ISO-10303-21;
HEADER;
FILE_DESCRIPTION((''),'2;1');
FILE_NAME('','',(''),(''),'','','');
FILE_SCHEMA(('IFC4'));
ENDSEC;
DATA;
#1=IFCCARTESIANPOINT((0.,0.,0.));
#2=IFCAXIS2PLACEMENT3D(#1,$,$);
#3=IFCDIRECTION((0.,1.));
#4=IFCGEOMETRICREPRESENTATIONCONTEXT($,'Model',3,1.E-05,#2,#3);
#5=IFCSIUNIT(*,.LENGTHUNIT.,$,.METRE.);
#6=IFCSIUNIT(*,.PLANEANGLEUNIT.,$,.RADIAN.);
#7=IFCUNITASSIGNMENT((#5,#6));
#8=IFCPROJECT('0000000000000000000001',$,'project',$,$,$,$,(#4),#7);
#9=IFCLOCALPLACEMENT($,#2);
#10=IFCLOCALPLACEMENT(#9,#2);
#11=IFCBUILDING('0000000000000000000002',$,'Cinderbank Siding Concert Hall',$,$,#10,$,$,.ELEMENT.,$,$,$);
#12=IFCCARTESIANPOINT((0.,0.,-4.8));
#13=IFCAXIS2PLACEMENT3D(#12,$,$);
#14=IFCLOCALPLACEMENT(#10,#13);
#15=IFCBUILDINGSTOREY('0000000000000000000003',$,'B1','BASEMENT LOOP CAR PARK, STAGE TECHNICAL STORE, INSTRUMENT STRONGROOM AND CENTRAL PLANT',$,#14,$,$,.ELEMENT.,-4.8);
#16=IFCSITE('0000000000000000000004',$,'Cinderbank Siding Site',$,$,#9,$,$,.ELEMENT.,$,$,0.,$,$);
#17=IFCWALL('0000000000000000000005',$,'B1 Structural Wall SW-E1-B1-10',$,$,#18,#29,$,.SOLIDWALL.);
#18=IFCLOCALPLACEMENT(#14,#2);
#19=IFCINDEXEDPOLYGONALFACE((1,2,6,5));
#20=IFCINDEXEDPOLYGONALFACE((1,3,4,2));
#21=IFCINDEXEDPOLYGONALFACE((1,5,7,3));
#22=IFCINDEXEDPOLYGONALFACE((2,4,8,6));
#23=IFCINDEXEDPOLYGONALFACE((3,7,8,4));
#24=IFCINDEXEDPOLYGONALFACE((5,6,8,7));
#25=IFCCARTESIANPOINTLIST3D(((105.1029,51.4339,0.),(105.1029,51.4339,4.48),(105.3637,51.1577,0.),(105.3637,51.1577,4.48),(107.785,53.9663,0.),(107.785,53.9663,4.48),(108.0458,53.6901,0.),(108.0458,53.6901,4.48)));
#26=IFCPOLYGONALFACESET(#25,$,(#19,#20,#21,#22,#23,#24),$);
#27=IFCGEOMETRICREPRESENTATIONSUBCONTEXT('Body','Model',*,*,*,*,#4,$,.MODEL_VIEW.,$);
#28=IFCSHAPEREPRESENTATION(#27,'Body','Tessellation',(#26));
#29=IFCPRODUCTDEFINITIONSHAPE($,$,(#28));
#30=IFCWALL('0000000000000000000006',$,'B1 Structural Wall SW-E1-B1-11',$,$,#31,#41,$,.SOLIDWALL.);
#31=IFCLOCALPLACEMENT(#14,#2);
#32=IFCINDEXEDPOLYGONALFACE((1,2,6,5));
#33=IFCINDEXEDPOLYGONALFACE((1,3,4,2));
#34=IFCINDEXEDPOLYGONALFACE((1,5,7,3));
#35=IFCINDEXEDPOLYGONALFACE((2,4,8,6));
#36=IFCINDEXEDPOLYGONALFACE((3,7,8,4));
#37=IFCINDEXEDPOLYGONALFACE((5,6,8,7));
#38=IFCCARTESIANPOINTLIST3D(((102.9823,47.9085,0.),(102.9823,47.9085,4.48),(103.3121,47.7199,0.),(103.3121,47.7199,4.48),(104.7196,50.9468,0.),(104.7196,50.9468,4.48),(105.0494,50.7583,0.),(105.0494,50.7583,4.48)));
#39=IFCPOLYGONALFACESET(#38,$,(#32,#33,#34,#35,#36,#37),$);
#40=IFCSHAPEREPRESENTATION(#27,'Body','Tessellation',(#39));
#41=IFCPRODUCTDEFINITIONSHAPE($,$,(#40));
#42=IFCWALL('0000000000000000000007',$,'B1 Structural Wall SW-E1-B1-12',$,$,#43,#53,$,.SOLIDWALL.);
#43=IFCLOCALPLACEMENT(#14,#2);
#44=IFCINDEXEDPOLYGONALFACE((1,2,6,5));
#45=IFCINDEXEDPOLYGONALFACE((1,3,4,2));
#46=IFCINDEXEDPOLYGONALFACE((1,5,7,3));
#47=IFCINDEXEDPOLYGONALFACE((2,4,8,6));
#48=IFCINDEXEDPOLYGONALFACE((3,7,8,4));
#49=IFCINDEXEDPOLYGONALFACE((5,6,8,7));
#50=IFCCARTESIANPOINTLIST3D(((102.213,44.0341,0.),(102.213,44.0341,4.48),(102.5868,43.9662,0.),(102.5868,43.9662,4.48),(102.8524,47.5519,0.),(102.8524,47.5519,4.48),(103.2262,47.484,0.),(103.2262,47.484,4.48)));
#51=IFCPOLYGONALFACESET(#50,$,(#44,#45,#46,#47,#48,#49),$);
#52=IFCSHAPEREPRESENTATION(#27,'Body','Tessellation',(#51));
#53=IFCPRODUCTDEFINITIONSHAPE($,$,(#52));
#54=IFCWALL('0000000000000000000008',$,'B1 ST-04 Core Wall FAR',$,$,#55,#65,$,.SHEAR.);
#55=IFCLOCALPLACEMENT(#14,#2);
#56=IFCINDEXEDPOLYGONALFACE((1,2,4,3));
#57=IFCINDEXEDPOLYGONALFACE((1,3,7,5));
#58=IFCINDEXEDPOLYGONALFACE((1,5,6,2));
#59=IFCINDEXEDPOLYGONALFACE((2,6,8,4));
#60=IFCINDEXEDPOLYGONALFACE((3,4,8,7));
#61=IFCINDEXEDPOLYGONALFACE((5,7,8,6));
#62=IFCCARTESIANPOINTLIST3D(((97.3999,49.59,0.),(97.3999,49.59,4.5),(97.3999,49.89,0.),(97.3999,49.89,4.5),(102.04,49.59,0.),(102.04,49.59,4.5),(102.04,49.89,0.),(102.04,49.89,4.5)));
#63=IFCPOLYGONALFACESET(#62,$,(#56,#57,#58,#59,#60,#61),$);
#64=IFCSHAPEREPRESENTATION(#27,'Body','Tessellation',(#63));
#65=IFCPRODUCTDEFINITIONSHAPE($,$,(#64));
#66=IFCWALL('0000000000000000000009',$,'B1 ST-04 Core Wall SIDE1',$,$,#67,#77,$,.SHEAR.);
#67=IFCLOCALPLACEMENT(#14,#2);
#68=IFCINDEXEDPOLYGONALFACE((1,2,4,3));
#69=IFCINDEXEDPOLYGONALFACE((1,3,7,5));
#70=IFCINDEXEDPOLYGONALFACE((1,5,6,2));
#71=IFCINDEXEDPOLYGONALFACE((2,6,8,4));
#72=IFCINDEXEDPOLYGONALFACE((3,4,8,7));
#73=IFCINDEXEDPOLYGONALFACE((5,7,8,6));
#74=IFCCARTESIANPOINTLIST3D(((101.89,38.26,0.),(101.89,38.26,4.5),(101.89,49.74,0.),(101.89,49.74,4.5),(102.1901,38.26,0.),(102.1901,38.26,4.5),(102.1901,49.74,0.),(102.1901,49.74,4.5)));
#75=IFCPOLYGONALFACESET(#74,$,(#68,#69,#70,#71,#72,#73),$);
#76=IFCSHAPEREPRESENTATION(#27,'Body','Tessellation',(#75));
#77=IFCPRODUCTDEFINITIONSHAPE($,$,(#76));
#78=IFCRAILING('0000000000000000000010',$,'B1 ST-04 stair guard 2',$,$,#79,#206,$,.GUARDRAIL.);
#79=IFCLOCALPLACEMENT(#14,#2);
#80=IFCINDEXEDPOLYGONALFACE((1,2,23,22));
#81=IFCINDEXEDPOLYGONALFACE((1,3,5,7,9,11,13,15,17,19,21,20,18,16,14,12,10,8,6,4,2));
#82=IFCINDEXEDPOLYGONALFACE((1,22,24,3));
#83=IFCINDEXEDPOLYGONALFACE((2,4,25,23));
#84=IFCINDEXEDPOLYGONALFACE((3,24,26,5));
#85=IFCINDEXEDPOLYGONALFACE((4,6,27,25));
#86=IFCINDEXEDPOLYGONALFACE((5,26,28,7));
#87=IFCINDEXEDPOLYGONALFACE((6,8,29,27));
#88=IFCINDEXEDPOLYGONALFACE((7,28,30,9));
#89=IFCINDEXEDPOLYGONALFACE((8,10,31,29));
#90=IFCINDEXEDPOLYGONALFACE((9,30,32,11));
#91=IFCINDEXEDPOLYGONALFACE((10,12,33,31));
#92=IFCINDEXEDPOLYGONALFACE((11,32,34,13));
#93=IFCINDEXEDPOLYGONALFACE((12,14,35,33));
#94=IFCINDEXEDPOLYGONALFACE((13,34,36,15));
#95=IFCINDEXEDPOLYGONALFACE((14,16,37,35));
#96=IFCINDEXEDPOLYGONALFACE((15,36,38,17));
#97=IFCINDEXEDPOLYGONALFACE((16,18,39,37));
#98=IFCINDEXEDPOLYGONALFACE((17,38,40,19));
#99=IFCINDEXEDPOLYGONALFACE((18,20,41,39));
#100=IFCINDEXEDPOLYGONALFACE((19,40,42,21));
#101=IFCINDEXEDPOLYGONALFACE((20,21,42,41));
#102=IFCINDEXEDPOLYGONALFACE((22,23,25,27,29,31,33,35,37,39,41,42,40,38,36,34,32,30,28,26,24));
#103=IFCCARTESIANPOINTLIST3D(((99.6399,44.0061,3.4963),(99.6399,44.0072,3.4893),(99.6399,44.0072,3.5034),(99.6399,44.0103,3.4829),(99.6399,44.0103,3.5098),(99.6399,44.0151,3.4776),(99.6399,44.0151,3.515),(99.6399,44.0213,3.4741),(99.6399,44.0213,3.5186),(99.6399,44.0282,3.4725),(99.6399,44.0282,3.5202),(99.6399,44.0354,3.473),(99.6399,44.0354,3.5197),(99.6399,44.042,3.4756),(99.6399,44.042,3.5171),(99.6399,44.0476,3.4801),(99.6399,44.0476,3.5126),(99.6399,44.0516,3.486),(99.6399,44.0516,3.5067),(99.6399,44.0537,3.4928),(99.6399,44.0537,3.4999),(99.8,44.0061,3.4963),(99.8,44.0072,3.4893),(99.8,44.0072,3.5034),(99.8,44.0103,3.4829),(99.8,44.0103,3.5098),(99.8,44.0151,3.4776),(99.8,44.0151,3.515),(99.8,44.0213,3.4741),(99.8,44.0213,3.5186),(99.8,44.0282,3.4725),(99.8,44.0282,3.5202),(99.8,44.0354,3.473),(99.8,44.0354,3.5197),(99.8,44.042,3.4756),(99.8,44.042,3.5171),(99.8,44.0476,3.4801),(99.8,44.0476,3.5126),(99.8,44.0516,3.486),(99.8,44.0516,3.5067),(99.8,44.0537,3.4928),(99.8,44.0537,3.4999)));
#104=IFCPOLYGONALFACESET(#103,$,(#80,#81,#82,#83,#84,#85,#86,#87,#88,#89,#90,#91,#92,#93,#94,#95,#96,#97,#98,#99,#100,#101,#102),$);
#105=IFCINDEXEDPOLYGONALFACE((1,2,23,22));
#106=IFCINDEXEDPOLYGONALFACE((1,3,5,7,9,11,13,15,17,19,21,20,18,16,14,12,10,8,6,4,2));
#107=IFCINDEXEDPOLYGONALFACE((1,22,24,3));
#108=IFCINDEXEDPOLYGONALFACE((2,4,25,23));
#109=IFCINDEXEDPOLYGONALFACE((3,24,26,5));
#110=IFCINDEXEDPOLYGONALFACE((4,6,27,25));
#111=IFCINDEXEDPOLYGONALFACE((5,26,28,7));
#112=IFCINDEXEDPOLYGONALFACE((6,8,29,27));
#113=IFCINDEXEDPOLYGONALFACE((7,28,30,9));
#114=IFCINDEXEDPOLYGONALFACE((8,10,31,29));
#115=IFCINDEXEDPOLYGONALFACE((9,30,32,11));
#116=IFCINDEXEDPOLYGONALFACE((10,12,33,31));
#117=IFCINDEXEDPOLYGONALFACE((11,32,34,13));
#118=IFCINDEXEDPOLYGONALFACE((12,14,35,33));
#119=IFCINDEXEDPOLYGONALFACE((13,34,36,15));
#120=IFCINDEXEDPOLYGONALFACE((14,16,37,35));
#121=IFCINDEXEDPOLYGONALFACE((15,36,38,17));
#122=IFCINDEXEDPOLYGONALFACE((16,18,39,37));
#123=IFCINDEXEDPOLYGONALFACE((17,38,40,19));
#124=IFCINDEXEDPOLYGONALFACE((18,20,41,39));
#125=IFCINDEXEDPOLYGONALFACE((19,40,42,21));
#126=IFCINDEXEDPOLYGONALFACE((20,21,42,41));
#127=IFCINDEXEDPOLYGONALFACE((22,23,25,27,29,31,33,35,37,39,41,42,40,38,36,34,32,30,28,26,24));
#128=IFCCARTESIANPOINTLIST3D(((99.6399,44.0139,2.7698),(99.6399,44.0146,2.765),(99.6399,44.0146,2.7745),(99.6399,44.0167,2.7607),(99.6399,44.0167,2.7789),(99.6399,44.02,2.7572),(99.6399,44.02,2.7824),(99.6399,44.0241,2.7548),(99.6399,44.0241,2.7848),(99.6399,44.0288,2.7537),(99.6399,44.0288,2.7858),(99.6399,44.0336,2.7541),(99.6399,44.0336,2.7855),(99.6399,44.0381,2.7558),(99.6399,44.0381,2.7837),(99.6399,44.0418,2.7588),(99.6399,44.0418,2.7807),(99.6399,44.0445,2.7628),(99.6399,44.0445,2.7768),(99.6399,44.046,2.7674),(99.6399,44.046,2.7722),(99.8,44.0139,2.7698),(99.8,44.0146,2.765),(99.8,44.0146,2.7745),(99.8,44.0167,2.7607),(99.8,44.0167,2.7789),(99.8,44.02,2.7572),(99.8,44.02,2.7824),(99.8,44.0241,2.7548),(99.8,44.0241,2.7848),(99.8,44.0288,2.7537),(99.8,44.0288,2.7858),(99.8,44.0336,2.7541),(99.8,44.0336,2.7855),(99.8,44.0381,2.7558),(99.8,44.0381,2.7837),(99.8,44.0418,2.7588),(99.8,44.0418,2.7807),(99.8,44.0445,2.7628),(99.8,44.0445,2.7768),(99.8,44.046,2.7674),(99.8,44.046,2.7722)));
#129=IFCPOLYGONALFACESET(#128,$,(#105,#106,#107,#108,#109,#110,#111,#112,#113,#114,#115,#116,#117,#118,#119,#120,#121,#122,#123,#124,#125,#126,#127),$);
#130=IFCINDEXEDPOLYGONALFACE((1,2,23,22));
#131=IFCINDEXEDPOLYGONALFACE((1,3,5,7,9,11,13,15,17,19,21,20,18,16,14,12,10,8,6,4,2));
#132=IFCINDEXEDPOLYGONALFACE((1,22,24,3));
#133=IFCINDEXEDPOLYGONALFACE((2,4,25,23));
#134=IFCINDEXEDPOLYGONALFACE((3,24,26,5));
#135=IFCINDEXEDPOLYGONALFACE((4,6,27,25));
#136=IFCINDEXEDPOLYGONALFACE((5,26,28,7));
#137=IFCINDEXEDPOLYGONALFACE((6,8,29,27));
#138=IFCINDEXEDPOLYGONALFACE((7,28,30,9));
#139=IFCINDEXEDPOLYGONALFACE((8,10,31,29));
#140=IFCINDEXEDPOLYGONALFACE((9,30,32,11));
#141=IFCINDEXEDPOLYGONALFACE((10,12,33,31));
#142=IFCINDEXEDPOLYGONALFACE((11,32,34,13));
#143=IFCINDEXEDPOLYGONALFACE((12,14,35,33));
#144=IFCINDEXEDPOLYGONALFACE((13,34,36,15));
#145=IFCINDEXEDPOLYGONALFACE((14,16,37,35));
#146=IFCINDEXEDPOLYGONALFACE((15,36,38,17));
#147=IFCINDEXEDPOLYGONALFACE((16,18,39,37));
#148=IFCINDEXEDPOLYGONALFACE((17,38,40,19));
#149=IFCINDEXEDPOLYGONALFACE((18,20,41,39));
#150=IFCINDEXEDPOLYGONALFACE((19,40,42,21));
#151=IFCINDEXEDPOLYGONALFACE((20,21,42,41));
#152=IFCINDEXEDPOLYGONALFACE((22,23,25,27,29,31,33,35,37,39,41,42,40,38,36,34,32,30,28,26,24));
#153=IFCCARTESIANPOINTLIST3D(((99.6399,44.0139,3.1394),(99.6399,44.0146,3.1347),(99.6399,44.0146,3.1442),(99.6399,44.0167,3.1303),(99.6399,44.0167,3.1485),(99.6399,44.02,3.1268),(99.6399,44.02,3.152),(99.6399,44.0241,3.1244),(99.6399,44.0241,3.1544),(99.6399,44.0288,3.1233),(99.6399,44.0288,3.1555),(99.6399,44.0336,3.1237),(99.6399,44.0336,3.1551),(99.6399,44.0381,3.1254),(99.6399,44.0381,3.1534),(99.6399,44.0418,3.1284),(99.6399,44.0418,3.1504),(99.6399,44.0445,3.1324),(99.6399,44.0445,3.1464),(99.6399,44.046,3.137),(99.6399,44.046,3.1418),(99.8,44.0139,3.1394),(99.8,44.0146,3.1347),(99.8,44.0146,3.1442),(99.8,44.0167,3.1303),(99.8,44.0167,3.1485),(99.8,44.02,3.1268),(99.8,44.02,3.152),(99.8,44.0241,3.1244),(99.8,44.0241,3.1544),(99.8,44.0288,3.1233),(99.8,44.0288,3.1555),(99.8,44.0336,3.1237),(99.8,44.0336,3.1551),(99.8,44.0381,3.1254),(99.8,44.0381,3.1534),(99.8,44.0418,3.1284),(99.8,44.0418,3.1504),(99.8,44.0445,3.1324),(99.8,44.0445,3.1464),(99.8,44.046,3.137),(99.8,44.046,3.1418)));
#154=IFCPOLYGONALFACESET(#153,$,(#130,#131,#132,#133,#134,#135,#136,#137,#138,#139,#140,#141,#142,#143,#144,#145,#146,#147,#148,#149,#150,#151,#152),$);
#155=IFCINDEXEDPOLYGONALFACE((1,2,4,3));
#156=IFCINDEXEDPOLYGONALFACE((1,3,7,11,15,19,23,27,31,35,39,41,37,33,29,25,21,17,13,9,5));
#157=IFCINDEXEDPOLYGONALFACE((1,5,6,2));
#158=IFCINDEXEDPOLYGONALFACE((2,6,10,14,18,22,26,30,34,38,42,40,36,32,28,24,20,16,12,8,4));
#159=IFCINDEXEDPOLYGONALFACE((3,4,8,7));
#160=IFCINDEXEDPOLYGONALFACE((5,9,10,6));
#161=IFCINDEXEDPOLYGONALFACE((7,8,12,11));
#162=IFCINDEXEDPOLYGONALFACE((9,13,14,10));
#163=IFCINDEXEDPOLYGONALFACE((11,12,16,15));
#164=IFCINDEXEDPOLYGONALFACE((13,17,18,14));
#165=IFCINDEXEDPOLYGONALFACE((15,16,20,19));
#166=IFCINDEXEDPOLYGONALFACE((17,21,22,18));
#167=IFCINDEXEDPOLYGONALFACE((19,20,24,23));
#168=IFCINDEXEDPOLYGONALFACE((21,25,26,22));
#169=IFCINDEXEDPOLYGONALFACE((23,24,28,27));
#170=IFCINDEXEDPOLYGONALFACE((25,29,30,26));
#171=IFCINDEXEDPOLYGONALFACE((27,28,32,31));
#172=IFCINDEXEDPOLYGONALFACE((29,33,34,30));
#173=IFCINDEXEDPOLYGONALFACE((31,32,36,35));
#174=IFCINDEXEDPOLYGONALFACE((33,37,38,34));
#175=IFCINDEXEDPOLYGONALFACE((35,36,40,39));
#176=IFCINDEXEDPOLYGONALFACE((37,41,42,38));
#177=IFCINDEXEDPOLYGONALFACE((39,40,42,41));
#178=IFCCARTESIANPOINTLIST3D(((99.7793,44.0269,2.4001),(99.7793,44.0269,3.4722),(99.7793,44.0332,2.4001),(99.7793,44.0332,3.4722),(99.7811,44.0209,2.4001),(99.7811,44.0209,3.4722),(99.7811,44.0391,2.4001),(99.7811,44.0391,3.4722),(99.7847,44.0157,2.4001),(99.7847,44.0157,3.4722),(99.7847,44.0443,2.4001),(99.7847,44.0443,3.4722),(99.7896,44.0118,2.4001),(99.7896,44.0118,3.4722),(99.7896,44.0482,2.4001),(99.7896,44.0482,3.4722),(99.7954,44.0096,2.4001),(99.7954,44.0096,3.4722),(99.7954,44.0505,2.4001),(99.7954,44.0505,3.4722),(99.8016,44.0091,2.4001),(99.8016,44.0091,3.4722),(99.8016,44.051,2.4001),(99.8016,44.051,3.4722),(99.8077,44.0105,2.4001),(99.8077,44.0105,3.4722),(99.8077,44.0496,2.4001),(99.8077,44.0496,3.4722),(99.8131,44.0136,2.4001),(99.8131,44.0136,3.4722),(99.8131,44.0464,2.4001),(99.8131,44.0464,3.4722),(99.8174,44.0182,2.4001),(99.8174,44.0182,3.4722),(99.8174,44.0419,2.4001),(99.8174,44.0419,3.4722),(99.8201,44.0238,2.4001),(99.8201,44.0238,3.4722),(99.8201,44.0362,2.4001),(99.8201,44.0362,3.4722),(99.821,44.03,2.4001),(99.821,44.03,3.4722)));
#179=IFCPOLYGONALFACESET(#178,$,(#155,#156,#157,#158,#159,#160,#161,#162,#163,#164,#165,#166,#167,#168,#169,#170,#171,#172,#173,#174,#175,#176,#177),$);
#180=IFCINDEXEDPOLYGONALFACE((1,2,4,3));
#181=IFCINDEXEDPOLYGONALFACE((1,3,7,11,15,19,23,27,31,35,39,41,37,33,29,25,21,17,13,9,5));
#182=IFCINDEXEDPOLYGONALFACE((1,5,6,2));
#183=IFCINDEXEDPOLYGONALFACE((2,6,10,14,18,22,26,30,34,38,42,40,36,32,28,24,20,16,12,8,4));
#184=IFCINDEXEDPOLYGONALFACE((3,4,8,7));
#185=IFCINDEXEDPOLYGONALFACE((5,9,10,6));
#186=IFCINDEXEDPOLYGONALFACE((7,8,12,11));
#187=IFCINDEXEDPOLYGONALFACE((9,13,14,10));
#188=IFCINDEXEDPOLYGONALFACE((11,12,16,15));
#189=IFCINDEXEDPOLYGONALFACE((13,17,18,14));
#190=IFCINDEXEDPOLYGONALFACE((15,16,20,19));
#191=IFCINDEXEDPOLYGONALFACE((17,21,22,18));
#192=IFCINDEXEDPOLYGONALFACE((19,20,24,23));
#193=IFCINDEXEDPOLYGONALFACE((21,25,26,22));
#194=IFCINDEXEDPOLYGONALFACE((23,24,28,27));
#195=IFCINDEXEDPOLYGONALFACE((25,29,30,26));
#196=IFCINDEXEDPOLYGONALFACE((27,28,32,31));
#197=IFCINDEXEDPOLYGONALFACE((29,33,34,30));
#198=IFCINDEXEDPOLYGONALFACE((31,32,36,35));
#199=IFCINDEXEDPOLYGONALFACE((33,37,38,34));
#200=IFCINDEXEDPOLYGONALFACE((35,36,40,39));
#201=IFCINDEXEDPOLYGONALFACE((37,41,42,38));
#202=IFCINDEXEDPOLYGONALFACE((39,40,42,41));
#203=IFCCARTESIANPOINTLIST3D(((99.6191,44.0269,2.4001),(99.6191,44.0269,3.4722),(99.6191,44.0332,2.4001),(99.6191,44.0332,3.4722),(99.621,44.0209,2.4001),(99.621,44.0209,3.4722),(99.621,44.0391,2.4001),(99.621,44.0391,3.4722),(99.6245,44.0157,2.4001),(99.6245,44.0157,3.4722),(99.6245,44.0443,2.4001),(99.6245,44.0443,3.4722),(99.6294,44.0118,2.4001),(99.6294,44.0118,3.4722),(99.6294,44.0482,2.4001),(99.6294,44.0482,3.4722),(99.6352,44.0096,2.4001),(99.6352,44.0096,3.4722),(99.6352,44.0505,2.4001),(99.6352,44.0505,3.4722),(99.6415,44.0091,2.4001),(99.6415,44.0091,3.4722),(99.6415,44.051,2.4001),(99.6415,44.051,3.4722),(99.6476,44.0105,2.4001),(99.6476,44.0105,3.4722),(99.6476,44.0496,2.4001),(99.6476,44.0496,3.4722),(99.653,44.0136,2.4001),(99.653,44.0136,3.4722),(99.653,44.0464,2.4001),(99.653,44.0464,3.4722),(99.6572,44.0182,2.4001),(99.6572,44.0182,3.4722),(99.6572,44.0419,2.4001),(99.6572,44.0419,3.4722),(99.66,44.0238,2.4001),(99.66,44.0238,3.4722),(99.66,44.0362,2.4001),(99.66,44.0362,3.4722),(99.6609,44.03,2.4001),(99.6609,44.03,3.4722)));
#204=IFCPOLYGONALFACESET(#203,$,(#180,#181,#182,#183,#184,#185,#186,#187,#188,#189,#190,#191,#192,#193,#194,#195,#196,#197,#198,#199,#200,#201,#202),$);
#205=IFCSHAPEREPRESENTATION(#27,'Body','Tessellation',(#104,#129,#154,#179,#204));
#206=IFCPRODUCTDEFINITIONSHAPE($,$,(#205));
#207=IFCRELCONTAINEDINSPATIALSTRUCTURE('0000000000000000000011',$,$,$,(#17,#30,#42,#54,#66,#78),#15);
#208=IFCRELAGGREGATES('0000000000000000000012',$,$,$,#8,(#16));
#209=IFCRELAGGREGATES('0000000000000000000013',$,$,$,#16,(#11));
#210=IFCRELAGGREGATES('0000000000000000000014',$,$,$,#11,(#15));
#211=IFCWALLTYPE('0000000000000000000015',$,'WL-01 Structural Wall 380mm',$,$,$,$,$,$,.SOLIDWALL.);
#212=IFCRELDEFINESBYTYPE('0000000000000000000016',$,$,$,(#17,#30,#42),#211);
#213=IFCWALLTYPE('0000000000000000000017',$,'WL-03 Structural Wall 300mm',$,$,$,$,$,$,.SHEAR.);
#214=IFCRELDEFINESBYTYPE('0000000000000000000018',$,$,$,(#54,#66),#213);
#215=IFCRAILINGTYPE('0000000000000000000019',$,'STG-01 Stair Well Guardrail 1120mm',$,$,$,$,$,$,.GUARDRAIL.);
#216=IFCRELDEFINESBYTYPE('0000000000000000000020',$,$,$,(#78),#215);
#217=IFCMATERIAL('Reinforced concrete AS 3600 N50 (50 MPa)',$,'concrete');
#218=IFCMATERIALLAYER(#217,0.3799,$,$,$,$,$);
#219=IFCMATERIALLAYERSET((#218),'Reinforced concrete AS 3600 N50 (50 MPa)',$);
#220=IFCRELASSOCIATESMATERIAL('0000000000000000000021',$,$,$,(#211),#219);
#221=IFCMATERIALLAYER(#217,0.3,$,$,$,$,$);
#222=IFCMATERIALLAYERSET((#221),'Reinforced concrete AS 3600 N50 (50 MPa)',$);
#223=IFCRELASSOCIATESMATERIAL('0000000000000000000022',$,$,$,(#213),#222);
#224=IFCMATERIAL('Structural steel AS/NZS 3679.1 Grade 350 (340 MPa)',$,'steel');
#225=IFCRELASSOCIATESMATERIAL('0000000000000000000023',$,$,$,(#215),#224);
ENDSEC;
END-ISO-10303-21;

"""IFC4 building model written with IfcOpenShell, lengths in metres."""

from ifc_helpers import new_model, si_unit, direction, frame, frame_2d, origin, origin_2d, place, context, subcontext, project, spatial, rectangle, circle, extrude, material, layer, layer_set, type_object, element, save


model = new_model("IFC4")

# Units and contexts
model_context = context("Model", 3, precision=1e-05, world=origin(), true_north=direction((0.0, 1.0)))
body_context = subcontext(model_context, "Body", "Model", "MODEL_VIEW")
ifc_project = project(units=[si_unit("LENGTHUNIT", "METRE"), si_unit("PLANEANGLEUNIT", "RADIAN")], contexts=[model_context])

# Site, building, storey
site_placement = place(None, origin())
site = spatial("IfcSite", under=ifc_project, at=site_placement, Name="Cinderbank Siding Site", CompositionType="ELEMENT", RefElevation=0.0)
building_placement = place(site_placement, origin())
building = spatial("IfcBuilding", under=site, at=building_placement, Name="Cinderbank Siding Concert Hall", CompositionType="ELEMENT")
storey_placement = place(building_placement, frame((0.0, 0.0, -4.8)))
storey = spatial("IfcBuildingStorey", under=building, at=storey_placement, Name="B1", Description="BASEMENT LOOP CAR PARK, STAGE TECHNICAL STORE, INSTRUMENT STRONGROOM AND CENTRAL PLANT", CompositionType="ELEMENT", Elevation=-4.8)

# Shared definitions
ifc_material_1 = material(Name="Reinforced concrete AS 3600 N50 (50 MPa)", Category="concrete")

# Shared definitions
ifc_material_2 = material(Name="Structural steel AS/NZS 3679.1 Grade 350 (340 MPa)", Category="steel")

# Walls
ifc_layer_1 = layer(ifc_material_1, 0.3799)
ifc_layer_set_1 = layer_set([ifc_layer_1], Name="Reinforced concrete AS 3600 N50 (50 MPa)")
wall_type_1 = type_object("IfcWallType", Name="WL-01 Structural Wall 380mm", PredefinedType="SOLIDWALL", material=ifc_layer_set_1)
wall_1_placement = place(storey_placement, frame((107.9153, 53.8281, 0.0), z_axis=(0.0, 0.0, 1.0), x_axis=(-0.727101, -0.68653, 0.0)))
element("IfcWall", 1, at=wall_1_placement, inside=storey, type_object=wall_type_1, Name="B1 Structural Wall SW-E1-B1-10", PredefinedType="SOLIDWALL", context=body_context, shape_type="SweptSolid", body=[
    extrude(rectangle(XDim=3.6887, YDim=0.3799, at=frame_2d((1.8442, 0.0))), origin(), (0.0, 0.0, 1.0), 4.48),
])
wall_2_placement = place(storey_placement, frame((104.8845, 50.8525, 0.0), z_axis=(0.0, 0.0, 1.0), x_axis=(-0.496379, -0.868106, 0.0)))
element("IfcWall", 2, at=wall_2_placement, inside=storey, type_object=wall_type_1, Name="B1 Structural Wall SW-E1-B1-11", PredefinedType="SOLIDWALL", context=body_context, shape_type="SweptSolid", body=[
    extrude(rectangle(XDim=3.5, YDim=0.3799, at=frame_2d((1.75, 0.0))), origin(), (0.0, 0.0, 1.0), 4.48),
])
wall_3_placement = place(storey_placement, frame((103.0393, 47.5178, 0.0), z_axis=(0.0, 0.0, 1.0), x_axis=(-0.178831, -0.98388, 0.0)))
element("IfcWall", 3, at=wall_3_placement, inside=storey, type_object=wall_type_1, Name="B1 Structural Wall SW-E1-B1-12", PredefinedType="SOLIDWALL", context=body_context, shape_type="SweptSolid", body=[
    extrude(rectangle(XDim=3.5754, YDim=0.3799, at=frame_2d((1.7876, 0.0))), origin(), (0.0, 0.0, 1.0), 4.48),
])
ifc_layer_2 = layer(ifc_material_1, 0.3)
ifc_layer_set_2 = layer_set([ifc_layer_2], Name="Reinforced concrete AS 3600 N50 (50 MPa)")
wall_type_2 = type_object("IfcWallType", Name="WL-03 Structural Wall 300mm", PredefinedType="SHEAR", material=ifc_layer_set_2)
wall_4_placement = place(storey_placement, frame((97.3999, 49.74, 0.0), z_axis=(0.0, 0.0, 1.0), x_axis=(1.0, 0.0, 0.0)))
element("IfcWall", 4, at=wall_4_placement, inside=storey, type_object=wall_type_2, Name="B1 ST-04 Core Wall FAR", PredefinedType="SHEAR", context=body_context, shape_type="SweptSolid", body=[
    extrude(rectangle(XDim=4.6401, YDim=0.3, at=frame_2d((2.3201, 0.0))), origin(), (0.0, 0.0, 1.0), 4.5),
])
wall_5_placement = place(storey_placement, frame((102.04, 49.74, 0.0), z_axis=(0.0, 0.0, 1.0), x_axis=(0.0, -1.0, 0.0)))
element("IfcWall", 5, at=wall_5_placement, inside=storey, type_object=wall_type_2, Name="B1 ST-04 Core Wall SIDE1", PredefinedType="SHEAR", context=body_context, shape_type="SweptSolid", body=[
    extrude(rectangle(XDim=11.48, YDim=0.3, at=frame_2d((5.74, 0.0))), origin(), (0.0, 0.0, 1.0), 4.5),
])

# Railing
railing_type = type_object("IfcRailingType", Name="STG-01 Stair Well Guardrail 1120mm", PredefinedType="GUARDRAIL", material=ifc_material_2)
railing_placement = place(storey_placement, frame((99.8, 44.03, 2.4001)))
element("IfcRailing", 6, at=railing_placement, inside=storey, type_object=railing_type, Name="B1 ST-04 stair guard 2", PredefinedType="GUARDRAIL", context=body_context, shape_type="SweptSolid", body=[
    extrude(circle(Radius=0.0239, at=origin_2d()), frame((0.0, 0.0, 1.0962), z_axis=(-1.0, 0.0, 0.0), x_axis=(0.0, -1.0, 0.0)), (0.0, 0.0, 1.0), 0.1602),
    extrude(circle(Radius=0.0161, at=origin_2d()), frame((0.0, 0.0, 0.3696), z_axis=(-1.0, 0.0, 0.0), x_axis=(0.0, -1.0, 0.0)), (0.0, 0.0, 1.0), 0.1602),
    extrude(circle(Radius=0.0161, at=origin_2d()), frame((0.0, 0.0, 0.7393), z_axis=(-1.0, 0.0, 0.0), x_axis=(0.0, -1.0, 0.0)), (0.0, 0.0, 1.0), 0.1602),
    extrude(circle(Radius=0.021, at=origin_2d()), origin(), (0.0, 0.0, 1.0), 1.072),
    extrude(circle(Radius=0.021, at=origin_2d()), frame((-0.1602, 0.0, 0.0)), (0.0, 0.0, 1.0), 1.072),
])

save(model, "model.ifc")
